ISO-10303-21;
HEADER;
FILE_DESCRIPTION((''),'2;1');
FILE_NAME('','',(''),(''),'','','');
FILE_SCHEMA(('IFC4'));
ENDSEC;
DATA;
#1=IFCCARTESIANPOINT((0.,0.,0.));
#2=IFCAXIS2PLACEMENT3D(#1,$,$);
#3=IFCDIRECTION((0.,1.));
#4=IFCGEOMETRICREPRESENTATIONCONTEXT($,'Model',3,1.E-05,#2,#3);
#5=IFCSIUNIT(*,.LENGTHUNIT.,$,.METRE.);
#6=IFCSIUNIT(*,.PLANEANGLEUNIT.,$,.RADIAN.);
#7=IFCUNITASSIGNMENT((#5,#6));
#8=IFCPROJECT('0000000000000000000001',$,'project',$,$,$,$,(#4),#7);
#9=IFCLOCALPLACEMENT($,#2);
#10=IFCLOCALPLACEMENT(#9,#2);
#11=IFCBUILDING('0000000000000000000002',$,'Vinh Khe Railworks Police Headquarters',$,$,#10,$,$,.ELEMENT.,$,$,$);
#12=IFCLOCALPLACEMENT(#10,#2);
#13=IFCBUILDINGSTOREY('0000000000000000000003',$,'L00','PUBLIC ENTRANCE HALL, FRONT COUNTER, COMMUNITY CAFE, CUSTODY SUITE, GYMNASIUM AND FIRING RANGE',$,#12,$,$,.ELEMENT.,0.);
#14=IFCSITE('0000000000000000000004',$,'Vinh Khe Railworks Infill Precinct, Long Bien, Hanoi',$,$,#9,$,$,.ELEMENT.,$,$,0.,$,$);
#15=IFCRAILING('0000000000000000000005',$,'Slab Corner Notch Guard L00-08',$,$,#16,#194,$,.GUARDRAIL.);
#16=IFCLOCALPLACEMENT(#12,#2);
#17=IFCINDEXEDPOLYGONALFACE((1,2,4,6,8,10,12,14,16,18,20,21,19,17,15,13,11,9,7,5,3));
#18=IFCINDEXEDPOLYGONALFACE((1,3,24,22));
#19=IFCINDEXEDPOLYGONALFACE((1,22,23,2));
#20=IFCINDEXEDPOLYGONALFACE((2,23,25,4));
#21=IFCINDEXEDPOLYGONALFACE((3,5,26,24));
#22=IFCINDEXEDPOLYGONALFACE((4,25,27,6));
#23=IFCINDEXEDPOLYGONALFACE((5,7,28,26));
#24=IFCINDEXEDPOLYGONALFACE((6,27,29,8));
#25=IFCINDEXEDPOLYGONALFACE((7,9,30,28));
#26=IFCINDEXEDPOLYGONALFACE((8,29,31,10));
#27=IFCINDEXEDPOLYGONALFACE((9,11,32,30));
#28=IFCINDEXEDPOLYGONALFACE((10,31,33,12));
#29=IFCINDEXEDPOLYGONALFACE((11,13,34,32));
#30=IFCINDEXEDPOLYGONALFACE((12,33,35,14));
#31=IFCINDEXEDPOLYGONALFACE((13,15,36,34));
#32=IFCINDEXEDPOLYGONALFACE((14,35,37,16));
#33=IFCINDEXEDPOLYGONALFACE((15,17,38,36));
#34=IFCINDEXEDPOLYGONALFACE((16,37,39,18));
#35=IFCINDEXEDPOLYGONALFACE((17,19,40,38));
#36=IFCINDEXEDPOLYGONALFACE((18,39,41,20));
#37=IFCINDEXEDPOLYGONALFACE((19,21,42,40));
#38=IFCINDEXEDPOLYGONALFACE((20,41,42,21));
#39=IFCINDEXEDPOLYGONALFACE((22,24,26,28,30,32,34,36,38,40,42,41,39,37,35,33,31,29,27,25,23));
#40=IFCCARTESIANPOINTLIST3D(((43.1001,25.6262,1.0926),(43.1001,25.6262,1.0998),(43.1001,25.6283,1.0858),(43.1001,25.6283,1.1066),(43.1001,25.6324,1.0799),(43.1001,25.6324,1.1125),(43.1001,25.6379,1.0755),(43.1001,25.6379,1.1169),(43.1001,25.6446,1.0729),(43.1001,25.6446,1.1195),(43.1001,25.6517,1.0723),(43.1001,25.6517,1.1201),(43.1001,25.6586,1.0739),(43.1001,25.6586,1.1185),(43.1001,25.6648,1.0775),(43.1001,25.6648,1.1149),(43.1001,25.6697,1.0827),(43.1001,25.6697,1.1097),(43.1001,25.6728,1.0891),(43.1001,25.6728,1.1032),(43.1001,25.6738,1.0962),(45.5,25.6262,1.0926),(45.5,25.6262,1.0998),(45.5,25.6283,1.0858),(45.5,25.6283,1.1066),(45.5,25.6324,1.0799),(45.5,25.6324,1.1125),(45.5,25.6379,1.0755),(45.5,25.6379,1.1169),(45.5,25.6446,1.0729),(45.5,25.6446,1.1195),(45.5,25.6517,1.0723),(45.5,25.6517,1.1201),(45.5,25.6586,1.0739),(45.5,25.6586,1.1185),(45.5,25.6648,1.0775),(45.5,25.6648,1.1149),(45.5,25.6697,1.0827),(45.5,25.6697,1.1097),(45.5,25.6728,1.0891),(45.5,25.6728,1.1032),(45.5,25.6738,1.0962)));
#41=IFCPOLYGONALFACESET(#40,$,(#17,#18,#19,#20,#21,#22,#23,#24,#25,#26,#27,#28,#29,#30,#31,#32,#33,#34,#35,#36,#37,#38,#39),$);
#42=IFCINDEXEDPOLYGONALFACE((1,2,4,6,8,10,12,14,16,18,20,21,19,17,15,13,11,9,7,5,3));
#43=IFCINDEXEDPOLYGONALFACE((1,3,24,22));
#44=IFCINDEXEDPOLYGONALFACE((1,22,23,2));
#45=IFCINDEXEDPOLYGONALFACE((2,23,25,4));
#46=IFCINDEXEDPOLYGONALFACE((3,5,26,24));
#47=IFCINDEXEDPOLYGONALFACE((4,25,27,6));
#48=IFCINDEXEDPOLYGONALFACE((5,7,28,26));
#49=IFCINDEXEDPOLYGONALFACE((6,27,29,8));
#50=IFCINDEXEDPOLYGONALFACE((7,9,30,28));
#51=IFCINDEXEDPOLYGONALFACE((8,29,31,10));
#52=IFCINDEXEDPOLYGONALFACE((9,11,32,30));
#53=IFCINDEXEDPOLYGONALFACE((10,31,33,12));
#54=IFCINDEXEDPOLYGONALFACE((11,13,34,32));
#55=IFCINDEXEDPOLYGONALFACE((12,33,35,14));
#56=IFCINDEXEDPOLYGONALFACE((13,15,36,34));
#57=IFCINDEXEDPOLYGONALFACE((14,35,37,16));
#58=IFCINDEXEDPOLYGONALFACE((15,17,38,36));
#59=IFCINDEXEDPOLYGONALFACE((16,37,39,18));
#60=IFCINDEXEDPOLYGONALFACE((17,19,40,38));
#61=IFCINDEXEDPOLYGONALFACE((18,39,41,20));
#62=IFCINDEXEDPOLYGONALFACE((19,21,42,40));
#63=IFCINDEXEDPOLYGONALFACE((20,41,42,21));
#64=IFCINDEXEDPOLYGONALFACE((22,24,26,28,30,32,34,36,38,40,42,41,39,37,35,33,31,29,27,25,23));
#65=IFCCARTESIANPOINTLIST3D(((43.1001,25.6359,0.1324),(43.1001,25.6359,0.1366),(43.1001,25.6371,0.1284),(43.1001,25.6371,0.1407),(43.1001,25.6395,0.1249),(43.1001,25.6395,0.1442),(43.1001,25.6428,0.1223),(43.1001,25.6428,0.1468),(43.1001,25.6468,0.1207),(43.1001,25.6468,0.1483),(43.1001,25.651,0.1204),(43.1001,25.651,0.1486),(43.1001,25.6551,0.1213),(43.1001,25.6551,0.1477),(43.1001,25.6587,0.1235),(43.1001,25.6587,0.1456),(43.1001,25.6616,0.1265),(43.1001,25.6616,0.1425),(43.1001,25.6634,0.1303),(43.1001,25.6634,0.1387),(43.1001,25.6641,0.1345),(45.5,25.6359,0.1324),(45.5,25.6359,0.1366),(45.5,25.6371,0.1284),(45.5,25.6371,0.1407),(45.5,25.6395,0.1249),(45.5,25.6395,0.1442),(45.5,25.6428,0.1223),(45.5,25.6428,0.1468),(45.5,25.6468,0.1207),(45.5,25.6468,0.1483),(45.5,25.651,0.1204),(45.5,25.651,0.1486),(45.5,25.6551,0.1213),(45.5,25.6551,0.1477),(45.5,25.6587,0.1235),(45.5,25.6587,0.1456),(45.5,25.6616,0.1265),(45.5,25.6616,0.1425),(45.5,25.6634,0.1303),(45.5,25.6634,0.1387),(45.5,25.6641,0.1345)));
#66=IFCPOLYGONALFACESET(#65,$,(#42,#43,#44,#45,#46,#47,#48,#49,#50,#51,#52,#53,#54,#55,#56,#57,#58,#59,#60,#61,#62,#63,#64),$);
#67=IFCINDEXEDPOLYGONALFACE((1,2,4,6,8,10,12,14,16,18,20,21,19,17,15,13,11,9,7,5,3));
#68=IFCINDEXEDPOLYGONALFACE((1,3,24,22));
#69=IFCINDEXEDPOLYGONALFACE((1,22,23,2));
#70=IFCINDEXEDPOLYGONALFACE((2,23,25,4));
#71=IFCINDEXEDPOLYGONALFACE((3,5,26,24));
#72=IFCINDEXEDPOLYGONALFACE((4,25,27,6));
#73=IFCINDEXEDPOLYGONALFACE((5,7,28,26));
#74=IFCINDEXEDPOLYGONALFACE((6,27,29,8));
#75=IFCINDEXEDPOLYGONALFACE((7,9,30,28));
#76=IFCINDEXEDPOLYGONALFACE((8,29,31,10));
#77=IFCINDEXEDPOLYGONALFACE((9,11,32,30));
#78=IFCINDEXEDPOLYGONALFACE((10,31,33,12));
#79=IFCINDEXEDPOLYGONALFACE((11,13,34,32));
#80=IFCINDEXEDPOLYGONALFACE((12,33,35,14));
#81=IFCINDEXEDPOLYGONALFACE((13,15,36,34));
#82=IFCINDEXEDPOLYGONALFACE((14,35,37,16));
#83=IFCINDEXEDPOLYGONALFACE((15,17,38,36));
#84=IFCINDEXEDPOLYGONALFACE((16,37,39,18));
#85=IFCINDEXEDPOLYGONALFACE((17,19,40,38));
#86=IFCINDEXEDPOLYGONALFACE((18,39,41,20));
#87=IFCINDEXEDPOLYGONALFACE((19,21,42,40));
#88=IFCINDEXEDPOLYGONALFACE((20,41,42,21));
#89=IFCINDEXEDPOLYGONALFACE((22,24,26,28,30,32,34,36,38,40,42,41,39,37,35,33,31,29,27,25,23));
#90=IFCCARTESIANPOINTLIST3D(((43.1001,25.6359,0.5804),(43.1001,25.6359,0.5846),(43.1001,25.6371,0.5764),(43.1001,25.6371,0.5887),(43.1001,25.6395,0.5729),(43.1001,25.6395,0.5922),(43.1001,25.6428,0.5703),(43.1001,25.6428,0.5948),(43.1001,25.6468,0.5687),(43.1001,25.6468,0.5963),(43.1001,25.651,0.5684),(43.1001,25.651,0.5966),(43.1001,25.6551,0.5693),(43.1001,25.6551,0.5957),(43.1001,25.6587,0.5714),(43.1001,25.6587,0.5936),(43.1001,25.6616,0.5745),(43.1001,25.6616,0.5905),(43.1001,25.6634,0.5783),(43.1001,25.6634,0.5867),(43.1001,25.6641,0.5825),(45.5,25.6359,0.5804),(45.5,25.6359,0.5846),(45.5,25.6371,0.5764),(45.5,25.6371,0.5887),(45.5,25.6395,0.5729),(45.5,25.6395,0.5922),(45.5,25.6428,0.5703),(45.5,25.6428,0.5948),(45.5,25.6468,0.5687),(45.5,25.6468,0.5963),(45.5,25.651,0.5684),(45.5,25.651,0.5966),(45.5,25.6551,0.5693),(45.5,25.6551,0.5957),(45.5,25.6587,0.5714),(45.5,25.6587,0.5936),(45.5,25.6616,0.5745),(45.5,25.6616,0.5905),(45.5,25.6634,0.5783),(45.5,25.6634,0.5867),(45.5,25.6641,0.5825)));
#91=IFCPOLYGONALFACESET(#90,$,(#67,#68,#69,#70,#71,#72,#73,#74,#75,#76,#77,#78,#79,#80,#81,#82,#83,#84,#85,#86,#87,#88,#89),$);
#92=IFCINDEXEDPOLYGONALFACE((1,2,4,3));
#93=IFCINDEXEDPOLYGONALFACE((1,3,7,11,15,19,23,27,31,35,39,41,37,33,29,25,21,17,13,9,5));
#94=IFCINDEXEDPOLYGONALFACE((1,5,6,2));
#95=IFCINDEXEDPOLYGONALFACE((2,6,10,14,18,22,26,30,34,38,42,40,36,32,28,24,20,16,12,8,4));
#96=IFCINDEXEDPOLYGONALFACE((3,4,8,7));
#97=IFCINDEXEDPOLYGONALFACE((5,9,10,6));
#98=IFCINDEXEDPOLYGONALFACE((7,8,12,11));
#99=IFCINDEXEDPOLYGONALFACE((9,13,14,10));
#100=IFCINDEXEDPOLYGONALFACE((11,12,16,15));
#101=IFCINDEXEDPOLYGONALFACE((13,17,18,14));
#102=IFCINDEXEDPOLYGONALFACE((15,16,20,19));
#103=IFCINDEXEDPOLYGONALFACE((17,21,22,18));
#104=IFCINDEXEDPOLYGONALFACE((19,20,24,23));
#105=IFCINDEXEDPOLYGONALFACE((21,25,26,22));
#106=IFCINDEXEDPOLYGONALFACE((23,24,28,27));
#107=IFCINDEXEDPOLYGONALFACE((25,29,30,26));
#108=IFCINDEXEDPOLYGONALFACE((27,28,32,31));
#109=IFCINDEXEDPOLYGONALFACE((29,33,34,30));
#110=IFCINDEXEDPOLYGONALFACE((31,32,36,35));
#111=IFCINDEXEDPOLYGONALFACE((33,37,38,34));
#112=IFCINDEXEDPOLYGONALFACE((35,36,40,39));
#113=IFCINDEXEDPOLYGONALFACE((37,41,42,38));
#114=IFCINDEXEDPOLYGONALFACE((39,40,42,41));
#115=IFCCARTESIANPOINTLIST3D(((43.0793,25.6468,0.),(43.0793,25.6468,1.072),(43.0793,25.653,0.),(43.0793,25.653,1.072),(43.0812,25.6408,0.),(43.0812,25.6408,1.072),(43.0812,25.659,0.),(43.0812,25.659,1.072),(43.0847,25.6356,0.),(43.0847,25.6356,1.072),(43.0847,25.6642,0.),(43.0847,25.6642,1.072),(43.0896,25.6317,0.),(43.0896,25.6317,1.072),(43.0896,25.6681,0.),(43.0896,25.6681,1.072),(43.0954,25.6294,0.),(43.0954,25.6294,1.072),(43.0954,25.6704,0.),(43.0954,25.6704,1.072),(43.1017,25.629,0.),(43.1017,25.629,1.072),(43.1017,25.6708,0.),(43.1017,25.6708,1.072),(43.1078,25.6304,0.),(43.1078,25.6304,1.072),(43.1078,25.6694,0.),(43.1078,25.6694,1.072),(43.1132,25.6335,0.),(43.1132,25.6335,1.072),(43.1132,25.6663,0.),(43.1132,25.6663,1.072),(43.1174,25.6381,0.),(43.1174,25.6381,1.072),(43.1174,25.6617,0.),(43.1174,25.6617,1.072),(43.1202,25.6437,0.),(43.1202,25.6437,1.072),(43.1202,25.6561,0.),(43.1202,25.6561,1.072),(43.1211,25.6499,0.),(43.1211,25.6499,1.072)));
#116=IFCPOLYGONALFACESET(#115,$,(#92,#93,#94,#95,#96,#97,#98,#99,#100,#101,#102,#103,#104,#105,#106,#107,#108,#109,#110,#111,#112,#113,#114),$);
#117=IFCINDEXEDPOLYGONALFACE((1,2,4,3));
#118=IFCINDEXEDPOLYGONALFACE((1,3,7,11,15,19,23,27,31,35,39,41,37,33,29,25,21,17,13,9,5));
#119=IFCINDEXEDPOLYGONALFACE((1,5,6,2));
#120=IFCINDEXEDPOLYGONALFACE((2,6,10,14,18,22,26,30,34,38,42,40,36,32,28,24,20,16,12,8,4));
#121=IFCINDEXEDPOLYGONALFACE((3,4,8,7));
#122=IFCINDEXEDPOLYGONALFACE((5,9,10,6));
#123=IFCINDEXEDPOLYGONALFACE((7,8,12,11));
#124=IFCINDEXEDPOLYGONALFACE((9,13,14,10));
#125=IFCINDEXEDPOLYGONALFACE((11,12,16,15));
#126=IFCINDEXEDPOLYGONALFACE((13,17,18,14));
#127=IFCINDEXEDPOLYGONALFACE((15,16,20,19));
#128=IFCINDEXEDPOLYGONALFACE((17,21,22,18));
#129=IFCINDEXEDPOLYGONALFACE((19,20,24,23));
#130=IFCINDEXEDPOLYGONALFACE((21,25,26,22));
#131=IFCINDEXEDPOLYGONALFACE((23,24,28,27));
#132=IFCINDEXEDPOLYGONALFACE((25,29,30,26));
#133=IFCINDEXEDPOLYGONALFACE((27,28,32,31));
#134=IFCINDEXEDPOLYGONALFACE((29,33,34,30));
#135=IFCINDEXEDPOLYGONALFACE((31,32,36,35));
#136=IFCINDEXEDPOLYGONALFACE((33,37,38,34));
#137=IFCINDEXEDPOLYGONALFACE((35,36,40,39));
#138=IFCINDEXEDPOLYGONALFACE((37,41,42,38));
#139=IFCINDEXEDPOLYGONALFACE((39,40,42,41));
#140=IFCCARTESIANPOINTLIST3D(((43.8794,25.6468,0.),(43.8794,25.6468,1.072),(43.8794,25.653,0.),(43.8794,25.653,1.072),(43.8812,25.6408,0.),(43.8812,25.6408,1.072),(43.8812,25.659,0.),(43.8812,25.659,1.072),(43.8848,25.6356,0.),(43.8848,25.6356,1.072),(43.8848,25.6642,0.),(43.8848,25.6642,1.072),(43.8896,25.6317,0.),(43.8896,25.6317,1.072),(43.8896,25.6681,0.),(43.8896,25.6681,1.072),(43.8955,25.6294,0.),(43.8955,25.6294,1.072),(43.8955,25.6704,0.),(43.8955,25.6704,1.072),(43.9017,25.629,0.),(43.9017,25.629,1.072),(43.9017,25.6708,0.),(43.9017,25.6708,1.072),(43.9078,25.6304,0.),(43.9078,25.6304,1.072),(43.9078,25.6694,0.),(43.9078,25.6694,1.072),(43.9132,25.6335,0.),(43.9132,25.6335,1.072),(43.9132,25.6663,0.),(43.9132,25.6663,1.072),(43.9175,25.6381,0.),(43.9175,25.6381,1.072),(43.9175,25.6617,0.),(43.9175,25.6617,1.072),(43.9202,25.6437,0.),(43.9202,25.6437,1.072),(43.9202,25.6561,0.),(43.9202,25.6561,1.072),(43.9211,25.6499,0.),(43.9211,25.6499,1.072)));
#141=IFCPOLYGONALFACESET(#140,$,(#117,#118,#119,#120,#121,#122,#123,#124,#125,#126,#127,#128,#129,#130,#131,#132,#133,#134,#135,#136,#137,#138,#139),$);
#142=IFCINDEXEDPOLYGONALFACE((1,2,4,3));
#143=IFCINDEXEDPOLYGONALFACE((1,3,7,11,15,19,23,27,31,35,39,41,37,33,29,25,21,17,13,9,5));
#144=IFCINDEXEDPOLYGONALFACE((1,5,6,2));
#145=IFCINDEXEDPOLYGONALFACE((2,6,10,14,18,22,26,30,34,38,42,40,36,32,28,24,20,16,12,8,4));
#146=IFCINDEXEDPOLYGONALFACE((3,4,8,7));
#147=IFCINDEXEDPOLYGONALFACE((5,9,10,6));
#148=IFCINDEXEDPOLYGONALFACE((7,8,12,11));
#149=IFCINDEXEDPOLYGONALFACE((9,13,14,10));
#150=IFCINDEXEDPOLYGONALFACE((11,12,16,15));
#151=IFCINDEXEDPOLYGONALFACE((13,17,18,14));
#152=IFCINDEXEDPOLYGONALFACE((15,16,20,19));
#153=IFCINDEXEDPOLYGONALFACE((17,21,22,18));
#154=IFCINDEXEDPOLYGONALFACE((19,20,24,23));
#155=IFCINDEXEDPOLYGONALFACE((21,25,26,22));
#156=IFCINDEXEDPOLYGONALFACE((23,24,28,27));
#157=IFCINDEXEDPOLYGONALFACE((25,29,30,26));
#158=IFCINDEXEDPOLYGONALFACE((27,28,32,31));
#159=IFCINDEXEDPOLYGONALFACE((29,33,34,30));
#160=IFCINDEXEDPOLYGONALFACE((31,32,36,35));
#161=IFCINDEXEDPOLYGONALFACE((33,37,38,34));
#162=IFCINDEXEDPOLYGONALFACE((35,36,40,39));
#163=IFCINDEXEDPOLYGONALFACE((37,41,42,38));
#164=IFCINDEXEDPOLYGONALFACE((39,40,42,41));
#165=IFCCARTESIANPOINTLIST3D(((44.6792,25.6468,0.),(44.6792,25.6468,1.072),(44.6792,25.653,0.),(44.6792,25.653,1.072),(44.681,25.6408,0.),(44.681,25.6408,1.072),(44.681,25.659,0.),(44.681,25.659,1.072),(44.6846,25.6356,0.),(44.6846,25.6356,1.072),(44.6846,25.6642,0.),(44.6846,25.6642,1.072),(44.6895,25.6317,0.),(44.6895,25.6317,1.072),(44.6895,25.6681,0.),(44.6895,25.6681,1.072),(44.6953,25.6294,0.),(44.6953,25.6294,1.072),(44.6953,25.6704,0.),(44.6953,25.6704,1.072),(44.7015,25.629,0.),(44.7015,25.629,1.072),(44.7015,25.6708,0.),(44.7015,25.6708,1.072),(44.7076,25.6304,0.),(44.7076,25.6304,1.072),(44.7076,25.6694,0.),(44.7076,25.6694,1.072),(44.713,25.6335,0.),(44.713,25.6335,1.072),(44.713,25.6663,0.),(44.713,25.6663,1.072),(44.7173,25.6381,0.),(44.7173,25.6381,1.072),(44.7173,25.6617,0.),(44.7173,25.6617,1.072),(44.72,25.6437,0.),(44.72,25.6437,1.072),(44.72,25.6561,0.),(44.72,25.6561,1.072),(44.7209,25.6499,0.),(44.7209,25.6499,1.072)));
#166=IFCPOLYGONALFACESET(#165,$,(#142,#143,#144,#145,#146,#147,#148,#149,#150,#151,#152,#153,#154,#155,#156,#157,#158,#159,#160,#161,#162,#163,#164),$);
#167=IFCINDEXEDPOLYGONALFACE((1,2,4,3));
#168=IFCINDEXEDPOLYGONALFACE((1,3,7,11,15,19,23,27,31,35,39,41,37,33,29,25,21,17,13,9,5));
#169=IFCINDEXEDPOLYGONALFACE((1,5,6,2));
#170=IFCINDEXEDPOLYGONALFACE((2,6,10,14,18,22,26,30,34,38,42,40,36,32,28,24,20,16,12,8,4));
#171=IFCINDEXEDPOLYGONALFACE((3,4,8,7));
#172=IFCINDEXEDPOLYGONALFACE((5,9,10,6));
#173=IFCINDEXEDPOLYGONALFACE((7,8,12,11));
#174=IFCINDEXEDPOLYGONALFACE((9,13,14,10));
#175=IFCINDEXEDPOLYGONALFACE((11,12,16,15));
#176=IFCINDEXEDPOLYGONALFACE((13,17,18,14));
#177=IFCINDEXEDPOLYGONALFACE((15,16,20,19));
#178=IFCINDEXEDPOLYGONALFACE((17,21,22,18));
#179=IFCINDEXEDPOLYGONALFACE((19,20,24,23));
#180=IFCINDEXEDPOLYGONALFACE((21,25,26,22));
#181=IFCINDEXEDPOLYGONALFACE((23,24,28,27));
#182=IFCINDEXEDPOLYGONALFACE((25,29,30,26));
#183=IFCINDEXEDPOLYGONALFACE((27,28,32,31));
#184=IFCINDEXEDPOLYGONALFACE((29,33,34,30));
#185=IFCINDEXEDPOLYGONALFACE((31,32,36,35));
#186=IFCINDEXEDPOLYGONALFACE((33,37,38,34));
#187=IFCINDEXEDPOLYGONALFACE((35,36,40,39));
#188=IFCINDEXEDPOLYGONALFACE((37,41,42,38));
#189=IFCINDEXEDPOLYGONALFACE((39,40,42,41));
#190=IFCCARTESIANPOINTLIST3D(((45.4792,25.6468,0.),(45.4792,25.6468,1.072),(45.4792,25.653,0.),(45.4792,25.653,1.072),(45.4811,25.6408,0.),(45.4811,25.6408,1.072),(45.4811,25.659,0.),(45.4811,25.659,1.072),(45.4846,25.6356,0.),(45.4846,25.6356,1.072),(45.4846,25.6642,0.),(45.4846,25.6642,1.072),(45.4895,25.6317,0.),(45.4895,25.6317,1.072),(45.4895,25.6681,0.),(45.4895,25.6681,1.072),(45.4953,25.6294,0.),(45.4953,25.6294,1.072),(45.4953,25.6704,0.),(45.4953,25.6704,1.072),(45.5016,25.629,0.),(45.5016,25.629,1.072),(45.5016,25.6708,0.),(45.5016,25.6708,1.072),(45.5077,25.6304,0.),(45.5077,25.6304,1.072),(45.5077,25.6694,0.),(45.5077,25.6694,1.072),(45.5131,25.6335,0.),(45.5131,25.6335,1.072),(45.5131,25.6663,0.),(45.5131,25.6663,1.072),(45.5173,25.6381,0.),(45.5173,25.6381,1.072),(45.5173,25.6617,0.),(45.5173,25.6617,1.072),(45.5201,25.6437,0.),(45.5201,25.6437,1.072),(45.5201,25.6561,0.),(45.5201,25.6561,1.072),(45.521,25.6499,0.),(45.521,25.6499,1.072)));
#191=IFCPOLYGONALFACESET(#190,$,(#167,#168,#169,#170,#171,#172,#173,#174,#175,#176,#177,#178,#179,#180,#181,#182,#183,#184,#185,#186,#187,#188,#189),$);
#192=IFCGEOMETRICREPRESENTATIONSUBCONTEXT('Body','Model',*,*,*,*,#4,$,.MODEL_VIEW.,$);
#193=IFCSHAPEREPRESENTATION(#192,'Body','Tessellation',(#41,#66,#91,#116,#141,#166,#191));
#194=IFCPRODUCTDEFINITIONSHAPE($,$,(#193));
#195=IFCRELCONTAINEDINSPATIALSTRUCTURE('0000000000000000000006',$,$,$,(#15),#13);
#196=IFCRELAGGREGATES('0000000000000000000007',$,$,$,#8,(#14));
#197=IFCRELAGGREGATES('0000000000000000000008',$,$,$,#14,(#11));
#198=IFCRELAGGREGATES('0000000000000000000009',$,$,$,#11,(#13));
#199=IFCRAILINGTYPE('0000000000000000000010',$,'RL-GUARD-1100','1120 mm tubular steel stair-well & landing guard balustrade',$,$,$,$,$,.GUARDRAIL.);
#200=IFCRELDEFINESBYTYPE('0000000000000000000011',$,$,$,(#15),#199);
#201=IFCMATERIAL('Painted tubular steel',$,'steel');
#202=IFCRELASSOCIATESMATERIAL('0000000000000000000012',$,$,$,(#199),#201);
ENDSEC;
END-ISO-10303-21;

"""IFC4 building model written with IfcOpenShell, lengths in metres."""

from ifc_helpers import new_model, si_unit, direction, frame, origin, origin_2d, place, context, subcontext, project, spatial, circle, extrude, material, type_object, element, save


model = new_model("IFC4")

# Units and contexts
model_context = context("Model", 3, precision=1e-05, world=origin(), true_north=direction((0.0, 1.0)))
body_context = subcontext(model_context, "Body", "Model", "MODEL_VIEW")
ifc_project = project(units=[si_unit("LENGTHUNIT", "METRE"), si_unit("PLANEANGLEUNIT", "RADIAN")], contexts=[model_context])

# Site, building, storey
site_placement = place(None, origin())
site = spatial("IfcSite", under=ifc_project, at=site_placement, Name="Vinh Khe Railworks Infill Precinct, Long Bien, Hanoi", CompositionType="ELEMENT", RefElevation=0.0)
building_placement = place(site_placement, origin())
building = spatial("IfcBuilding", under=site, at=building_placement, Name="Vinh Khe Railworks Police Headquarters", CompositionType="ELEMENT")
storey_placement = place(building_placement, origin())
storey = spatial("IfcBuildingStorey", under=building, at=storey_placement, Name="L00", Description="PUBLIC ENTRANCE HALL, FRONT COUNTER, COMMUNITY CAFE, CUSTODY SUITE, GYMNASIUM AND FIRING RANGE", CompositionType="ELEMENT", Elevation=0.0)

# Railing
ifc_material_1 = material(Name="Painted tubular steel", Category="steel")
railing_type = type_object("IfcRailingType", Name="RL-GUARD-1100", Description="1120 mm tubular steel stair-well & landing guard balustrade", PredefinedType="GUARDRAIL", material=ifc_material_1)
railing_1_placement = place(storey_placement, frame((43.1001, 25.6499, 0.0)))
element("IfcRailing", 1, at=railing_1_placement, inside=storey, type_object=railing_type, Name="Slab Corner Notch Guard L00-08", PredefinedType="GUARDRAIL", context=body_context, shape_type="SweptSolid", body=[
    extrude(circle(Radius=0.0239, at=origin_2d()), frame((0.0, 0.0, 1.0962), z_axis=(1.0, 0.0, 0.0), x_axis=(0.0, 1.0, 0.0)), (0.0, 0.0, 1.0), 2.3999),
    extrude(circle(Radius=0.0142, at=origin_2d()), frame((0.0, 0.0, 0.1345), z_axis=(1.0, 0.0, 0.0), x_axis=(0.0, 1.0, 0.0)), (0.0, 0.0, 1.0), 2.3999),
    extrude(circle(Radius=0.0142, at=origin_2d()), frame((0.0, 0.0, 0.5825), z_axis=(1.0, 0.0, 0.0), x_axis=(0.0, 1.0, 0.0)), (0.0, 0.0, 1.0), 2.3999),
    extrude(circle(Radius=0.021, at=origin_2d()), origin(), (0.0, 0.0, 1.0), 1.072),
    extrude(circle(Radius=0.021, at=origin_2d()), frame((0.8, 0.0, 0.0)), (0.0, 0.0, 1.0), 1.072),
    extrude(circle(Radius=0.021, at=origin_2d()), frame((1.5999, 0.0, 0.0)), (0.0, 0.0, 1.0), 1.072),
    extrude(circle(Radius=0.021, at=origin_2d()), frame((2.3999, 0.0, 0.0)), (0.0, 0.0, 1.0), 1.072),
])

save(model, "model.ifc")
